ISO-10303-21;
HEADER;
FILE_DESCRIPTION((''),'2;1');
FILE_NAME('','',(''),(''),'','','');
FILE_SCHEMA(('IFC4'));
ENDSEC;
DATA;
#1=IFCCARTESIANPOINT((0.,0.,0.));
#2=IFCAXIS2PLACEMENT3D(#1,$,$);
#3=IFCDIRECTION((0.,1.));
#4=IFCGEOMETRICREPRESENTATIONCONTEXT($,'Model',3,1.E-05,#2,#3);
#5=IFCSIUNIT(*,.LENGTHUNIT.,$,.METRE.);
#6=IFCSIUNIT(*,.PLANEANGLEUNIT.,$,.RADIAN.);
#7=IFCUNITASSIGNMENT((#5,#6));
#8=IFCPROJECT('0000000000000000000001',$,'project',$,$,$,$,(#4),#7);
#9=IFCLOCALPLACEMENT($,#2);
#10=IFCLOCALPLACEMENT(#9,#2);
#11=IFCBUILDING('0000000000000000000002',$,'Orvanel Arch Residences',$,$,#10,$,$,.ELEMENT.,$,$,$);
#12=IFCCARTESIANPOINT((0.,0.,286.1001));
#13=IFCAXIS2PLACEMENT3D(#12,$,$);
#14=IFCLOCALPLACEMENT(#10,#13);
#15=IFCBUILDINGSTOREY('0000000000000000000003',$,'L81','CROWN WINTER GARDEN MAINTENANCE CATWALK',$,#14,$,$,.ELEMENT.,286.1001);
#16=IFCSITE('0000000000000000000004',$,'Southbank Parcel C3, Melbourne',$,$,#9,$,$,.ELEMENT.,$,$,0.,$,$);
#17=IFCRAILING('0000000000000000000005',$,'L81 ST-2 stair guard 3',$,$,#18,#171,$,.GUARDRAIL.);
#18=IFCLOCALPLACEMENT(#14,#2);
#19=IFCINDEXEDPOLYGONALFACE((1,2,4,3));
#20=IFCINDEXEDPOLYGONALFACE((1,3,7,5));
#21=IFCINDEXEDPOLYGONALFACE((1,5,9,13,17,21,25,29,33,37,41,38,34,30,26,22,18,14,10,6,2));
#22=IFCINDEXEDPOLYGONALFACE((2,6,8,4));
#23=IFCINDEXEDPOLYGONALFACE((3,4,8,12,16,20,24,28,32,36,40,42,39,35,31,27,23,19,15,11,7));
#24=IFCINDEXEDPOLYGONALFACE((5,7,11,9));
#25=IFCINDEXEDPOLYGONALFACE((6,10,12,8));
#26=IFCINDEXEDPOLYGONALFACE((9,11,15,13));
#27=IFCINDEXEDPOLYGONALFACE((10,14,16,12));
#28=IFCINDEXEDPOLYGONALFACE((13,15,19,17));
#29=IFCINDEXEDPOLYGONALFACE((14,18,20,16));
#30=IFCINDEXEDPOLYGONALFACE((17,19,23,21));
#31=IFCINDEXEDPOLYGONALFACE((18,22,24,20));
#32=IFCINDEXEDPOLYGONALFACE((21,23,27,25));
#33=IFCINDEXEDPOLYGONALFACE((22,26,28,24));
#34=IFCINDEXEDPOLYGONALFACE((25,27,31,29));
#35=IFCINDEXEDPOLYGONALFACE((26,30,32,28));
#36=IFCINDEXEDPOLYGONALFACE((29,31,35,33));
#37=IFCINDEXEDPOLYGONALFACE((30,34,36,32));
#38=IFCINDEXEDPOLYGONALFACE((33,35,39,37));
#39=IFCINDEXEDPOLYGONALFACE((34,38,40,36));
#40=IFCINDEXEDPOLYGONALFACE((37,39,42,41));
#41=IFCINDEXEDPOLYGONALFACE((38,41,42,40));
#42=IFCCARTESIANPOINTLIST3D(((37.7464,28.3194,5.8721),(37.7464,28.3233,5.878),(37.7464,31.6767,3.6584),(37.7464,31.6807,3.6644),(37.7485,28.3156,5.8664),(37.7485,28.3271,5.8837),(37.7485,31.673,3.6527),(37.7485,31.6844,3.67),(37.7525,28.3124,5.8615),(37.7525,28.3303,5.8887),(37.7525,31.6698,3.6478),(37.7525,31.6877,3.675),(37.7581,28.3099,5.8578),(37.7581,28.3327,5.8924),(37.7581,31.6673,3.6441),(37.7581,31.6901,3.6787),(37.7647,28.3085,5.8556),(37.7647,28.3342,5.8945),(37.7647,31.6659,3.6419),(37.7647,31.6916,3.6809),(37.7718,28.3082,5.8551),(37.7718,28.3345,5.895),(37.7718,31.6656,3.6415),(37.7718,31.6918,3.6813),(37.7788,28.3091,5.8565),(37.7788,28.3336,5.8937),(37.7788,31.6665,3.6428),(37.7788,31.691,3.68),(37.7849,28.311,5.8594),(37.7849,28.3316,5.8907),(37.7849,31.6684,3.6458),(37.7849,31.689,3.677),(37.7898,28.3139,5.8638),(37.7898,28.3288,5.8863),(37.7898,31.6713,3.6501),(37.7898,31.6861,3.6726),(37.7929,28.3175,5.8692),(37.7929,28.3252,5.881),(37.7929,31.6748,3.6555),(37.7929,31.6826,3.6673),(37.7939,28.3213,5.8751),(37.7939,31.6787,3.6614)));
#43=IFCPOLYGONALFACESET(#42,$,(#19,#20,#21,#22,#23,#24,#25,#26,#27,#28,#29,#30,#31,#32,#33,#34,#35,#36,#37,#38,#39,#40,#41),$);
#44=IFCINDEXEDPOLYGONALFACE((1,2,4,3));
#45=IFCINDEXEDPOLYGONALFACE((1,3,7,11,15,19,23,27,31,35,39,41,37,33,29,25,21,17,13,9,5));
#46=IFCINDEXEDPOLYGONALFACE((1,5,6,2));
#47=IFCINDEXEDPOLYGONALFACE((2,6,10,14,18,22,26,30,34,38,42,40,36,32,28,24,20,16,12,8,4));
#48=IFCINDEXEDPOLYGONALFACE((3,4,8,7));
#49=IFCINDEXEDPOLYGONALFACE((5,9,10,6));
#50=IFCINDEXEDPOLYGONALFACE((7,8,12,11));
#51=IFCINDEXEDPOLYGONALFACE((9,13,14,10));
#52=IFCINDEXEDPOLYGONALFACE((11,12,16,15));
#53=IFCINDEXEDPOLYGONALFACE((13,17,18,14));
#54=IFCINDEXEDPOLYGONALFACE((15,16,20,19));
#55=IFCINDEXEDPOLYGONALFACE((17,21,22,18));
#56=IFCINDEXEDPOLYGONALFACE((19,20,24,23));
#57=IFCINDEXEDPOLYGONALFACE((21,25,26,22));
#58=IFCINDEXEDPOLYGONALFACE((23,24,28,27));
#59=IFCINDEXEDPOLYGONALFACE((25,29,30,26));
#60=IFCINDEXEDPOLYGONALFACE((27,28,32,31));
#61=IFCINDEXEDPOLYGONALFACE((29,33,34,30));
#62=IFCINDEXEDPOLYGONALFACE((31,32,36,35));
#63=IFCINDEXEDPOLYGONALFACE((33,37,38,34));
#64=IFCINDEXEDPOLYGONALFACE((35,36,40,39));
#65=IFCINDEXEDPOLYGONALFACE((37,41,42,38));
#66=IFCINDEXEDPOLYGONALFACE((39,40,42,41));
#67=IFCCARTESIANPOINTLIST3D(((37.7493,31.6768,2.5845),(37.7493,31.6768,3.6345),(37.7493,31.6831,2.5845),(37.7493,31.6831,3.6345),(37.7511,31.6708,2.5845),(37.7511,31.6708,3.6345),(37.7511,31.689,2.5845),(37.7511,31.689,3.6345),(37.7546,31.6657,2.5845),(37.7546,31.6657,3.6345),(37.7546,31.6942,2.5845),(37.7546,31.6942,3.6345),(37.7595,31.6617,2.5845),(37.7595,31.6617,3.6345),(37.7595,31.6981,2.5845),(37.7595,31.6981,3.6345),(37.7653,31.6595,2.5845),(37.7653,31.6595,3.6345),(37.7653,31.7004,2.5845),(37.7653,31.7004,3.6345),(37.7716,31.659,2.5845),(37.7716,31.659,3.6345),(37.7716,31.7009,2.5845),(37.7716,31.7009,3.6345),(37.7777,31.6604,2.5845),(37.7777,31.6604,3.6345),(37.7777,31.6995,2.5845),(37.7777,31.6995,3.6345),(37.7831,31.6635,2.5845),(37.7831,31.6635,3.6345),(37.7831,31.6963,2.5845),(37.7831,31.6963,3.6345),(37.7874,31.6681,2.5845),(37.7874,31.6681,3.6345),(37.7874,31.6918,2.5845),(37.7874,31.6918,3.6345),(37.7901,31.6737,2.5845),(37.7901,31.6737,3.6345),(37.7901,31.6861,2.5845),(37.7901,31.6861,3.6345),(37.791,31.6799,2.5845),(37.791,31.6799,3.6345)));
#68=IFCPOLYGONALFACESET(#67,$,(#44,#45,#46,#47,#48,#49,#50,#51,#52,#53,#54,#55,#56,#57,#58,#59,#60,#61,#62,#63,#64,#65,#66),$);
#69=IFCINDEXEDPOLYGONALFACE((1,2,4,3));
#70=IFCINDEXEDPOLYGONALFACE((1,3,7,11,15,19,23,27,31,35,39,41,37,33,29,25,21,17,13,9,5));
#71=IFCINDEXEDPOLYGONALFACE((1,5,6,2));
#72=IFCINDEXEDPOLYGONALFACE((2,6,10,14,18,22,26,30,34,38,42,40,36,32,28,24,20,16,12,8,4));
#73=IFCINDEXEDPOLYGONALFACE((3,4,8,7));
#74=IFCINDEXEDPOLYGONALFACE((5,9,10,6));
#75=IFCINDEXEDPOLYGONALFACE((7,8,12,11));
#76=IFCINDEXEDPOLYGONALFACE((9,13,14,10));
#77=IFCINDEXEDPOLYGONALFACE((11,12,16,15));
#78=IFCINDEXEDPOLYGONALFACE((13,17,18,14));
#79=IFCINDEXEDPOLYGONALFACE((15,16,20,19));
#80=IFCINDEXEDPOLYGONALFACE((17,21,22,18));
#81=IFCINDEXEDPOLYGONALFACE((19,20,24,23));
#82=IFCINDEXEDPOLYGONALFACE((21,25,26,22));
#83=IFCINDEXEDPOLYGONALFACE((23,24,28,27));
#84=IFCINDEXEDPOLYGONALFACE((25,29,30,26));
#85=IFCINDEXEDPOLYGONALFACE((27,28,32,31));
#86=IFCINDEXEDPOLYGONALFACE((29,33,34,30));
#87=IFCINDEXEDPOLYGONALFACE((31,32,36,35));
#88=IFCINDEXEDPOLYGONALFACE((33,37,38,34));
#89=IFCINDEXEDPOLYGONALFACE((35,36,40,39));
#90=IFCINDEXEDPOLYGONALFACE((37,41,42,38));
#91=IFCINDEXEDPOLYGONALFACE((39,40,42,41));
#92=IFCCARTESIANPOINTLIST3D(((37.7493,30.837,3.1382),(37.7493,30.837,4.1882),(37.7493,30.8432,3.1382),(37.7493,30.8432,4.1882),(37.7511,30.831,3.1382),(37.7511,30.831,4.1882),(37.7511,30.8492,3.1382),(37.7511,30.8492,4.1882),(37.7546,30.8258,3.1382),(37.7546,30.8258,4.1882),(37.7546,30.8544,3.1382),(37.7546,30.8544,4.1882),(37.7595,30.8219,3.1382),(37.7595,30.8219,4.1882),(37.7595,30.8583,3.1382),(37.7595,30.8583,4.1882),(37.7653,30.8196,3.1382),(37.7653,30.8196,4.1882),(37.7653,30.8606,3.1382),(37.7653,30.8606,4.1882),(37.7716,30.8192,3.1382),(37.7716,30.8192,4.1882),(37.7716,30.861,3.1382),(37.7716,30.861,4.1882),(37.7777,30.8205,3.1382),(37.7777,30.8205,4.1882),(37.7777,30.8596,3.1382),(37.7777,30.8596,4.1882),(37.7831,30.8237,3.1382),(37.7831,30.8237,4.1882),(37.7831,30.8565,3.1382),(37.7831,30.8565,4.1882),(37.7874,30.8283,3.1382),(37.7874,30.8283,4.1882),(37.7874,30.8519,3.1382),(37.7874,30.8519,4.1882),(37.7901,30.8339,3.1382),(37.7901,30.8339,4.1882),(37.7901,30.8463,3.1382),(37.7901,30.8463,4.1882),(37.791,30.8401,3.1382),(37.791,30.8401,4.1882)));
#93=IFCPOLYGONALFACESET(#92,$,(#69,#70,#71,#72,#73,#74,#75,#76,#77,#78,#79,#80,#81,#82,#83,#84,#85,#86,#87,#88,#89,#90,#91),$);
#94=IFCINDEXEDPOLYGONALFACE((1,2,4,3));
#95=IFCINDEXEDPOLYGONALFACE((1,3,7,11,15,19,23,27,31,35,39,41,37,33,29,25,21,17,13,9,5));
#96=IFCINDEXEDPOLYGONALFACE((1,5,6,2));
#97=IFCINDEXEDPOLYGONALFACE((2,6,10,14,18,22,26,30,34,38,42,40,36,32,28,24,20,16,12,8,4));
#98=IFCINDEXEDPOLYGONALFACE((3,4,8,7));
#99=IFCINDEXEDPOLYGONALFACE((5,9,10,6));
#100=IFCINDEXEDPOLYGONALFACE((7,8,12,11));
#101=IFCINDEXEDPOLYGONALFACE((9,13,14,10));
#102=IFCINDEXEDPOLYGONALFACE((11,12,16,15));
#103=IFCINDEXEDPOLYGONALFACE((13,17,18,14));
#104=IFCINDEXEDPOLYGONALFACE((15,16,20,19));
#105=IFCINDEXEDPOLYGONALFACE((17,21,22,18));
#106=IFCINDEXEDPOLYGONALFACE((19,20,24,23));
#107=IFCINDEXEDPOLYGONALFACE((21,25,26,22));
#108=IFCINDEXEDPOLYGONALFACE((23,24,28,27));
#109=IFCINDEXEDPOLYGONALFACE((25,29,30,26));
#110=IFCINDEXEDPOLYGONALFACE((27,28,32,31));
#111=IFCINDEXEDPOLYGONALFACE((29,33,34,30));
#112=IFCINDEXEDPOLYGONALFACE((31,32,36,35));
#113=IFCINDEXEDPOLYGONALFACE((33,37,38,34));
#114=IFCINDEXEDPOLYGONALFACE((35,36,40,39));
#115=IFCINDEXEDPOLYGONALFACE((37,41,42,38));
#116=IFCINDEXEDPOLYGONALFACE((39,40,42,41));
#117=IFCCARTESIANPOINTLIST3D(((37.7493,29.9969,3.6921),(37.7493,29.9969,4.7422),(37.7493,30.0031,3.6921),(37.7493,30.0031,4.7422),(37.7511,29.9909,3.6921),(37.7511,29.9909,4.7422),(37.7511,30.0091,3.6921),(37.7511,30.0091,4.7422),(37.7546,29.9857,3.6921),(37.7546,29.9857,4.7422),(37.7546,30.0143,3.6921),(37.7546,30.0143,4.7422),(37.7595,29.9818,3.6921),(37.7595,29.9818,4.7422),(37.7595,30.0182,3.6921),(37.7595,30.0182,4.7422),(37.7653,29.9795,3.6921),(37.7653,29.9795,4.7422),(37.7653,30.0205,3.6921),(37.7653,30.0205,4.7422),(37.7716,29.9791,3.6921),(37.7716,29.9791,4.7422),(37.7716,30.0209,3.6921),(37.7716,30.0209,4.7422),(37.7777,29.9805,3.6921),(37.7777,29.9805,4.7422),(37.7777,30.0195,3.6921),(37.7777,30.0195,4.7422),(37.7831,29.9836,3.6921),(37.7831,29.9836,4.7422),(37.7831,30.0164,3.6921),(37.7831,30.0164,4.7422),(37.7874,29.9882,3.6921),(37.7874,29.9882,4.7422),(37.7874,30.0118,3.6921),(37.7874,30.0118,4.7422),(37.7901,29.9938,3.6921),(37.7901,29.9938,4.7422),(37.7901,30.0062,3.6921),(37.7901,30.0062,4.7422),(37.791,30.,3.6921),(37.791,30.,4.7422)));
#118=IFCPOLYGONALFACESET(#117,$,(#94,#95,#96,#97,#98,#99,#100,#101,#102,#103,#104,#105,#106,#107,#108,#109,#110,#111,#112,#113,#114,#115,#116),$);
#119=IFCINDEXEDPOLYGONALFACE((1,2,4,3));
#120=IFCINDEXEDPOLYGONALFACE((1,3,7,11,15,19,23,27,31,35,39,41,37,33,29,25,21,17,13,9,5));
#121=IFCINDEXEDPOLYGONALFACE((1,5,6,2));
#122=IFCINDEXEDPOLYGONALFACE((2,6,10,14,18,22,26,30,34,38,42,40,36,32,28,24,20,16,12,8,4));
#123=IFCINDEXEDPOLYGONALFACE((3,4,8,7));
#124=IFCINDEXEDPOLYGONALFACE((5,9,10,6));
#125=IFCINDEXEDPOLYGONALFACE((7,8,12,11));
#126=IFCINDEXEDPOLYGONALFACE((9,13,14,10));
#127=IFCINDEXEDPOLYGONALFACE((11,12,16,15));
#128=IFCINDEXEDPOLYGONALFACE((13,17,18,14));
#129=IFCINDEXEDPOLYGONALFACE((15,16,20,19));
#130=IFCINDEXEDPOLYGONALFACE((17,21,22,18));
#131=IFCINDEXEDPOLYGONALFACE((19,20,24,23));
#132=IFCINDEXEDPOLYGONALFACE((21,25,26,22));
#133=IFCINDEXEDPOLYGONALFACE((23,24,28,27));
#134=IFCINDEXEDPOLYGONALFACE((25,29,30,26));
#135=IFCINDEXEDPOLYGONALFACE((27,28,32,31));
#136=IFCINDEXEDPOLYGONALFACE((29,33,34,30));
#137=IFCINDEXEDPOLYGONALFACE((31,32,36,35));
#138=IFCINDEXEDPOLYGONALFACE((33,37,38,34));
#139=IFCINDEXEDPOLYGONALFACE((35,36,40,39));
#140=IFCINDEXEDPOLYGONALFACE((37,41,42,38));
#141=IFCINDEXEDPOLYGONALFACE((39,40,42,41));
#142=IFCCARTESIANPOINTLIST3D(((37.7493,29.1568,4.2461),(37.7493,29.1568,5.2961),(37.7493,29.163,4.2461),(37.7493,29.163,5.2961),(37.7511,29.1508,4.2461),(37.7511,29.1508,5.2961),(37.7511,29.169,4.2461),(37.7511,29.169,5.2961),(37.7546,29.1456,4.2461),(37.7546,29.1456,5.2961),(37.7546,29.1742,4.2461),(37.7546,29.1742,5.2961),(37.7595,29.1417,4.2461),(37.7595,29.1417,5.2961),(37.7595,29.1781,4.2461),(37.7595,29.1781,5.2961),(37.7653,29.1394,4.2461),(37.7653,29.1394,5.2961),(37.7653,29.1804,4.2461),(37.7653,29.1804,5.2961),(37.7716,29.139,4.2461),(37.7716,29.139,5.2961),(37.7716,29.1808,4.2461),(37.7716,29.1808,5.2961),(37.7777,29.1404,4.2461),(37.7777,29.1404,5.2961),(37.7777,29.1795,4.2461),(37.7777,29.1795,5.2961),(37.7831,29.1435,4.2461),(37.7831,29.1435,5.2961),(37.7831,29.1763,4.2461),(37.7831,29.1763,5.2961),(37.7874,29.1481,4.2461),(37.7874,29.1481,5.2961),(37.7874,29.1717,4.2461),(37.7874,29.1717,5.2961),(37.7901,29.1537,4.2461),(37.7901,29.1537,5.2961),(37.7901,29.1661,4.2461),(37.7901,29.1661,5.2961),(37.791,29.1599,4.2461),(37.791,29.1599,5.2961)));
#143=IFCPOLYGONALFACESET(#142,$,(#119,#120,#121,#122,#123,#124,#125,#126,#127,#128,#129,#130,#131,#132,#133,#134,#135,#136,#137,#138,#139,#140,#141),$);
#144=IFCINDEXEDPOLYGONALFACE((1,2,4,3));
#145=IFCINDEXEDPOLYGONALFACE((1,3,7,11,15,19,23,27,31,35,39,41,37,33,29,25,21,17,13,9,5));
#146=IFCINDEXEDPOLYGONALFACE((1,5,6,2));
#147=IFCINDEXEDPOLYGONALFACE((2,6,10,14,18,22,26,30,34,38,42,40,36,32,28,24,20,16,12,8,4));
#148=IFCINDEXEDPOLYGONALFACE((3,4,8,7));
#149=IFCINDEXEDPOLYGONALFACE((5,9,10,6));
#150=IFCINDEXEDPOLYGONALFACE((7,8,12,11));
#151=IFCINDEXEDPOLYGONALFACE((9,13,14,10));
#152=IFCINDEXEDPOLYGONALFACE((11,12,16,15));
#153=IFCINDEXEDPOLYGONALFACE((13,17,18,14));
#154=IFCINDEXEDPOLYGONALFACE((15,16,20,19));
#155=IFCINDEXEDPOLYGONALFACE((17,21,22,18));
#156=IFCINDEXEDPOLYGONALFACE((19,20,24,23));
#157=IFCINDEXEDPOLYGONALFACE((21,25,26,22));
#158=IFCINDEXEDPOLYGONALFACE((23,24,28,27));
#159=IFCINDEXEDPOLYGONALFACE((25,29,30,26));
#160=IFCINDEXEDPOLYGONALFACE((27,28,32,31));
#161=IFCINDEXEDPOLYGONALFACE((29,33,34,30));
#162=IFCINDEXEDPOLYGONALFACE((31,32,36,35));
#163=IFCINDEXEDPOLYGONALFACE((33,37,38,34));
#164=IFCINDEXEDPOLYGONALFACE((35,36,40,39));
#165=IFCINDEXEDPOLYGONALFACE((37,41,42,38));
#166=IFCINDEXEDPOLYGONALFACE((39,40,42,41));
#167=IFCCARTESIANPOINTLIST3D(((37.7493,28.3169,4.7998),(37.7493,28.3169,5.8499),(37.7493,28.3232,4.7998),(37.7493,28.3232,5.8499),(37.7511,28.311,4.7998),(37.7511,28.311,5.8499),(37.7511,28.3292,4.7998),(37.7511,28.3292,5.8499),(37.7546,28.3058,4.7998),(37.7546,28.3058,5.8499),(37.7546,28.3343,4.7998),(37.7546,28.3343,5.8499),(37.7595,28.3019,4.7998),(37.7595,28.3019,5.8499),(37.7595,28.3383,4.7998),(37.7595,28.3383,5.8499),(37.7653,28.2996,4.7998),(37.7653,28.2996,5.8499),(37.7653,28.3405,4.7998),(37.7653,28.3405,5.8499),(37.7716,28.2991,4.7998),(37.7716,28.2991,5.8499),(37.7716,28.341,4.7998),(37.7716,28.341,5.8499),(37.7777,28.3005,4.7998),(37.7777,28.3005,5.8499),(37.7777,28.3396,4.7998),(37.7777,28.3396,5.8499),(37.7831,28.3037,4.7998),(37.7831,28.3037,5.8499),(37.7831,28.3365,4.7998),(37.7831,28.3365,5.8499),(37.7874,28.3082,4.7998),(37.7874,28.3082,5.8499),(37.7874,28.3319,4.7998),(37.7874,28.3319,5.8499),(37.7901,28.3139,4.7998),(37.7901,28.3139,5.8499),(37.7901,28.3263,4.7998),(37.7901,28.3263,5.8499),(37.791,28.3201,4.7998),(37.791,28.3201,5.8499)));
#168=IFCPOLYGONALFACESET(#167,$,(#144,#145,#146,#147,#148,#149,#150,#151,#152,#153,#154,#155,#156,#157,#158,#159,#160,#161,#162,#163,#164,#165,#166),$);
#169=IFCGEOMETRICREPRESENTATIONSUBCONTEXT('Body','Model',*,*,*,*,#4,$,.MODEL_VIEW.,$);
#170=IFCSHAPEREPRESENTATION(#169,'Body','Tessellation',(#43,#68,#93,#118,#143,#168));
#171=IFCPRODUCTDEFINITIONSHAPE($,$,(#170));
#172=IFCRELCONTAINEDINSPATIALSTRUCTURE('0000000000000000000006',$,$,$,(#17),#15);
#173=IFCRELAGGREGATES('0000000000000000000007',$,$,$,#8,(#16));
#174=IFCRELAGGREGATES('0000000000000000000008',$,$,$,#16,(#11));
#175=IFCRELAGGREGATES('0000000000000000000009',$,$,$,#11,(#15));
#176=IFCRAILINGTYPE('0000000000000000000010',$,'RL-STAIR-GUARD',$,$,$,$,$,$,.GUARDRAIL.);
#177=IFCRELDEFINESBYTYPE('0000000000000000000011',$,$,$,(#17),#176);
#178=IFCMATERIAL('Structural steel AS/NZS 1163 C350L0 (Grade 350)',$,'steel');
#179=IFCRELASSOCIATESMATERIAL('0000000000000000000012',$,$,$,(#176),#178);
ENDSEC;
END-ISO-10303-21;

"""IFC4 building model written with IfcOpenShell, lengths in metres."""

from ifc_helpers import new_model, si_unit, direction, frame, origin, origin_2d, place, context, subcontext, project, spatial, circle, extrude, material, type_object, element, save


model = new_model("IFC4")

# Units and contexts
model_context = context("Model", 3, precision=1e-05, world=origin(), true_north=direction((0.0, 1.0)))
body_context = subcontext(model_context, "Body", "Model", "MODEL_VIEW")
ifc_project = project(units=[si_unit("LENGTHUNIT", "METRE"), si_unit("PLANEANGLEUNIT", "RADIAN")], contexts=[model_context])

# Site, building, storey
site_placement = place(None, origin())
site = spatial("IfcSite", under=ifc_project, at=site_placement, Name="Southbank Parcel C3, Melbourne", CompositionType="ELEMENT", RefElevation=0.0)
building_placement = place(site_placement, origin())
building = spatial("IfcBuilding", under=site, at=building_placement, Name="Orvanel Arch Residences", CompositionType="ELEMENT")
storey_placement = place(building_placement, frame((0.0, 0.0, 286.1001)))
storey = spatial("IfcBuildingStorey", under=building, at=storey_placement, Name="L81", Description="CROWN WINTER GARDEN MAINTENANCE CATWALK", CompositionType="ELEMENT", Elevation=286.1001)

# Shared definitions
ifc_material_1 = material(Name="Structural steel AS/NZS 1163 C350L0 (Grade 350)", Category="steel")

# Railing
railing_type_1 = type_object("IfcRailingType", Name="RL-STAIR-GUARD", PredefinedType="GUARDRAIL", material=ifc_material_1)
railing_1_placement = place(storey_placement, frame((37.77, 31.6799, 2.5845)))
element("IfcRailing", 1, at=railing_1_placement, inside=storey, type_object=railing_type_1, Name="L81 ST-2 stair guard 3", PredefinedType="GUARDRAIL", context=body_context, shape_type="SweptSolid", body=[
    extrude(circle(Radius=0.0239, at=origin_2d()), frame((0.0, -0.0012, 1.0769), z_axis=(0.0, -0.834858, 0.550465), x_axis=(1.0, 0.0, 0.0)), (0.0, 0.0, 1.0), 4.0215),
    extrude(circle(Radius=0.021, at=origin_2d()), origin(), (0.0, 0.0, 1.0), 1.05),
    extrude(circle(Radius=0.021, at=origin_2d()), frame((0.0, -0.8398, 0.5537)), (0.0, 0.0, 1.0), 1.05),
    extrude(circle(Radius=0.021, at=origin_2d()), frame((0.0, -1.6799, 1.1077)), (0.0, 0.0, 1.0), 1.05),
    extrude(circle(Radius=0.021, at=origin_2d()), frame((0.0, -2.52, 1.6616)), (0.0, 0.0, 1.0), 1.05),
    extrude(circle(Radius=0.021, at=origin_2d()), frame((0.0, -3.3599, 2.2153)), (0.0, 0.0, 1.0), 1.05),
])

save(model, "model.ifc")
